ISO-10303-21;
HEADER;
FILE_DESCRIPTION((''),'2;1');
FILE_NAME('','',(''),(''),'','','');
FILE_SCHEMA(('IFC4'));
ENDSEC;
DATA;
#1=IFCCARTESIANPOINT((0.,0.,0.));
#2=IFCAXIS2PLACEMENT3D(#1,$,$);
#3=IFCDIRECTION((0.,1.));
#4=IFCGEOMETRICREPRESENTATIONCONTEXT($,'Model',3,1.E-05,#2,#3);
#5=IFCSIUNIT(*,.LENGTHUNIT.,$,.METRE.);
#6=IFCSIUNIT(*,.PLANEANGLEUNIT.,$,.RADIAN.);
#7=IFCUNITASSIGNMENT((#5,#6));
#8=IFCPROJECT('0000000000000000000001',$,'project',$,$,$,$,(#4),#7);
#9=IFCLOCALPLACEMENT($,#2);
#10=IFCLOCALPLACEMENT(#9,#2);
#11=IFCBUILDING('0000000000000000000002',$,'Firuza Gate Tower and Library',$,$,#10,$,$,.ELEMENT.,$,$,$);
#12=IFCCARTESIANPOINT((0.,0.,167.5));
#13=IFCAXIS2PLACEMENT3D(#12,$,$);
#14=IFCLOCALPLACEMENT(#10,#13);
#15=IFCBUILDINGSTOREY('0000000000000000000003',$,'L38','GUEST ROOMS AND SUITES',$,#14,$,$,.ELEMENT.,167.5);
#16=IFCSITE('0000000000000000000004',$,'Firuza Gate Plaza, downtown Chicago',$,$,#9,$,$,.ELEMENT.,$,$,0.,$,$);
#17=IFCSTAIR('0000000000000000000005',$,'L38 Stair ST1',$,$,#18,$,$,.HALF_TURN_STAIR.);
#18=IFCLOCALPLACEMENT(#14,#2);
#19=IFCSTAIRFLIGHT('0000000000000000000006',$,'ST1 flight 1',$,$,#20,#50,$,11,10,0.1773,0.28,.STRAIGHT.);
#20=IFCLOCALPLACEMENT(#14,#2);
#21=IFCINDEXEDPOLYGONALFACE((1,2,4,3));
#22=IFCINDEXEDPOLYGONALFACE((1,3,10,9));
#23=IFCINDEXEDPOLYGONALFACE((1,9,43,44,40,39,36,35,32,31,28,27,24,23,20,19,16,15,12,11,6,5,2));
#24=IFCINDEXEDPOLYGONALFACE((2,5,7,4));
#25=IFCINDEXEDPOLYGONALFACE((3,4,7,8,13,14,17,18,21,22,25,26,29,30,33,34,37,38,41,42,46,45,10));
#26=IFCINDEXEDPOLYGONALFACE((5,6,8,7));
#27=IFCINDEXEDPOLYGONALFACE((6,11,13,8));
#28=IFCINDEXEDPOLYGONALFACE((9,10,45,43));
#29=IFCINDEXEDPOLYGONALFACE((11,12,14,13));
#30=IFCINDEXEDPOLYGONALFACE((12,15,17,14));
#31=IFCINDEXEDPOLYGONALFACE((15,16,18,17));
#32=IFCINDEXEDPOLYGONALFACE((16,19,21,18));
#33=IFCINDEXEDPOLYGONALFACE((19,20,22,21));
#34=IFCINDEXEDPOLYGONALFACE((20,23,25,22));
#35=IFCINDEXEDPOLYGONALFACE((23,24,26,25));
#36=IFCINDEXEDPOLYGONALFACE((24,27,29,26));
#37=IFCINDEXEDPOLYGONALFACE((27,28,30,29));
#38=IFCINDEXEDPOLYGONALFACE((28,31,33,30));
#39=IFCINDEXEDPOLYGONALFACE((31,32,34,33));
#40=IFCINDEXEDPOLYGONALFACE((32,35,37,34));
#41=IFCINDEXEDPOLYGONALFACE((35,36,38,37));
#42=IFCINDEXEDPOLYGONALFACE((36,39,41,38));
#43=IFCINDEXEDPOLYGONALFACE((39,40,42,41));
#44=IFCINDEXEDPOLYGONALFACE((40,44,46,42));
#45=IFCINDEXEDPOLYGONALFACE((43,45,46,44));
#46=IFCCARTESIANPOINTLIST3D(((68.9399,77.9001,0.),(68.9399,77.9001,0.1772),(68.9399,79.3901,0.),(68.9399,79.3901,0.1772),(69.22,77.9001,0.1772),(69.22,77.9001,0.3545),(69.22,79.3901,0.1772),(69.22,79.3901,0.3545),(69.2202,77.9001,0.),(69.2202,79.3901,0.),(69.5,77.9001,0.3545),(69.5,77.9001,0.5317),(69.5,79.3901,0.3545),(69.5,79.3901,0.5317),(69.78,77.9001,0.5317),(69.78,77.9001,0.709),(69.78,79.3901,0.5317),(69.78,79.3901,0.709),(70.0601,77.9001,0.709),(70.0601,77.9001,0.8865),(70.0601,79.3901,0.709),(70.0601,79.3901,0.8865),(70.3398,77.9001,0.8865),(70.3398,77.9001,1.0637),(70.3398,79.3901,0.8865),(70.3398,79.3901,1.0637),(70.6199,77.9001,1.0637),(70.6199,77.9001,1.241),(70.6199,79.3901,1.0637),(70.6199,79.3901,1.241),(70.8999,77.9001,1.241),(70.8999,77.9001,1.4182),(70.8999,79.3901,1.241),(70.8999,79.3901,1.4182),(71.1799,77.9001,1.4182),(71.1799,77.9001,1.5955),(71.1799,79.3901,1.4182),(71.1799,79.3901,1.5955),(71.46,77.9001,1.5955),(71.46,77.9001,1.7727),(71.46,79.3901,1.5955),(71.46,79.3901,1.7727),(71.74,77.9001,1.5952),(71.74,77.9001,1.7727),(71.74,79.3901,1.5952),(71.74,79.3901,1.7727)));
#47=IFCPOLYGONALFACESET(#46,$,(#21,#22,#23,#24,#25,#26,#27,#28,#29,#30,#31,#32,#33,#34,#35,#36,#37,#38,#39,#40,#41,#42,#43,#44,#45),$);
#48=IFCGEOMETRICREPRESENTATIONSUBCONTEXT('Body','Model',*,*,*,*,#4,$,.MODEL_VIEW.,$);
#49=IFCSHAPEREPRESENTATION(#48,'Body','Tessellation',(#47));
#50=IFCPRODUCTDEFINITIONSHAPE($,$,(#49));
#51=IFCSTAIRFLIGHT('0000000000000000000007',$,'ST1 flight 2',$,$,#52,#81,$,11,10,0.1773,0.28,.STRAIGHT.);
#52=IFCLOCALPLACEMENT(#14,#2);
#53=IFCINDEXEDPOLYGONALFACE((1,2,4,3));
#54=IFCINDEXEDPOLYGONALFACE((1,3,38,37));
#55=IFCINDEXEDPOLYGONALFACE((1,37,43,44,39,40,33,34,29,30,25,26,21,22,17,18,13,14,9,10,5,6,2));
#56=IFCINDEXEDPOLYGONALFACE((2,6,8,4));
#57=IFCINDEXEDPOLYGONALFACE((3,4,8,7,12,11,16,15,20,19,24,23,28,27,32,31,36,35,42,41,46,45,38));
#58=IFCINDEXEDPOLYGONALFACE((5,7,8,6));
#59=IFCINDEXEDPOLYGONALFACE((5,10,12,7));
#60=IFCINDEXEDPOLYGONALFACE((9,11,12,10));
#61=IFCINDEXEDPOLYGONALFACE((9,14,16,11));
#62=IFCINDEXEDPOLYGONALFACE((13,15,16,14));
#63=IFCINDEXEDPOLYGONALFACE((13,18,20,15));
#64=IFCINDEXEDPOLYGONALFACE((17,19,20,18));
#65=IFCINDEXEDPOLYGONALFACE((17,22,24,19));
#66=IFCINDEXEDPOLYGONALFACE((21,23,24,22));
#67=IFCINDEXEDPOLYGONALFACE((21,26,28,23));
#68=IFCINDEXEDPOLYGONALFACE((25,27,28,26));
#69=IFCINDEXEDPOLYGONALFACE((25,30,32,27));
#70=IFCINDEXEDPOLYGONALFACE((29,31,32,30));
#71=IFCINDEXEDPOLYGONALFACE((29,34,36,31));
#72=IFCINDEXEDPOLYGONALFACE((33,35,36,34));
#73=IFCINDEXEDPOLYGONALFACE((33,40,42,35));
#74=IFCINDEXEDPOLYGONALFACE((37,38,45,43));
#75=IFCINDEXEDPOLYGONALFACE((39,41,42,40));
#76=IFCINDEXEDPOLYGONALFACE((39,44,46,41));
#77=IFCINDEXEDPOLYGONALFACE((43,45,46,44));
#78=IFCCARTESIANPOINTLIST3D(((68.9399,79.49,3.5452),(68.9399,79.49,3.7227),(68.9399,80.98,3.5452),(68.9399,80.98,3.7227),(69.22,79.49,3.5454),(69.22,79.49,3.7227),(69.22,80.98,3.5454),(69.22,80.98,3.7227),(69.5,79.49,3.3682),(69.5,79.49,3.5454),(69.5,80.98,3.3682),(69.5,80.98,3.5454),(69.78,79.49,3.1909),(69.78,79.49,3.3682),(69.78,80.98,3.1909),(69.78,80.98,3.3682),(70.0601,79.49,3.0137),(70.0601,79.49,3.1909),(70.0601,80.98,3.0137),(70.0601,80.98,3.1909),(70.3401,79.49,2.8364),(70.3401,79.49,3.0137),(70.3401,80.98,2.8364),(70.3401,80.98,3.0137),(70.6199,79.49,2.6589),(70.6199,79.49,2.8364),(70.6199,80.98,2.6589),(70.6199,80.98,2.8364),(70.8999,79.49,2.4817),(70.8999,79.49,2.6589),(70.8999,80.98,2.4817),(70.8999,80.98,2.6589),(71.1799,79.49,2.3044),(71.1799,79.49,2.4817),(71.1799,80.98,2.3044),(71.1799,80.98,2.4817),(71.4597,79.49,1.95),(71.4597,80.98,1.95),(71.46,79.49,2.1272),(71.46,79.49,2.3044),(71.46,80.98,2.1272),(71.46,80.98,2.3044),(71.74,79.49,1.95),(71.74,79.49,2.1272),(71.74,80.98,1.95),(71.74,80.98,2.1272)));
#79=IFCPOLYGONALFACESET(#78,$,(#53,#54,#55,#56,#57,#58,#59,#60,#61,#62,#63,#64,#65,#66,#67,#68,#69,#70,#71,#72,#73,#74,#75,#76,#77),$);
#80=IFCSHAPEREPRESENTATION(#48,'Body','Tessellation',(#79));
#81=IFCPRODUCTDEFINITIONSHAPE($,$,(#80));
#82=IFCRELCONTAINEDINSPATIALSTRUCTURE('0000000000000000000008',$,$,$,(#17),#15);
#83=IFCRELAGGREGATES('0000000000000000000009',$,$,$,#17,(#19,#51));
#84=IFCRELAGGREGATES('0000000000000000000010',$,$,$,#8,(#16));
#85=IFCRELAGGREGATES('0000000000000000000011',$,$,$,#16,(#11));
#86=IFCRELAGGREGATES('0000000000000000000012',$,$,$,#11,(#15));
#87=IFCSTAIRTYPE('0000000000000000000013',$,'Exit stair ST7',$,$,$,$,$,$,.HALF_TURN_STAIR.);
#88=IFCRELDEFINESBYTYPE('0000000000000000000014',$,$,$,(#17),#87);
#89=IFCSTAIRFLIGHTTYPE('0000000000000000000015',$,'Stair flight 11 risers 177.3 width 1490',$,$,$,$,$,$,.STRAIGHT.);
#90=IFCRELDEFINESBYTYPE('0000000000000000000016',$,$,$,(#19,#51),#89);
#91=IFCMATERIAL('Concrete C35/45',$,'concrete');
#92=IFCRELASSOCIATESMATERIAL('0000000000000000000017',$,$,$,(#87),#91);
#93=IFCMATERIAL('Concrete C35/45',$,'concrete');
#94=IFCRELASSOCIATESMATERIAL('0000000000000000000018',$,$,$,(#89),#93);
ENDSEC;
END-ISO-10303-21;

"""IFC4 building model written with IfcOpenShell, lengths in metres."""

from ifc_helpers import new_model, si_unit, direction, frame, origin, place, context, subcontext, project, spatial, polyline, outline, extrude, material, type_object, element, aggregate, save


model = new_model("IFC4")

# Units and contexts
model_context = context("Model", 3, precision=1e-05, world=origin(), true_north=direction((0.0, 1.0)))
body_context = subcontext(model_context, "Body", "Model", "MODEL_VIEW")
ifc_project = project(units=[si_unit("LENGTHUNIT", "METRE"), si_unit("PLANEANGLEUNIT", "RADIAN")], contexts=[model_context])

# Site, building, storey
site_placement = place(None, origin())
site = spatial("IfcSite", under=ifc_project, at=site_placement, Name="Firuza Gate Plaza, downtown Chicago", CompositionType="ELEMENT", RefElevation=0.0)
building_placement = place(site_placement, origin())
building = spatial("IfcBuilding", under=site, at=building_placement, Name="Firuza Gate Tower and Library", CompositionType="ELEMENT")
storey_placement = place(building_placement, frame((0.0, 0.0, 167.5)))
storey = spatial("IfcBuildingStorey", under=building, at=storey_placement, Name="L38", Description="GUEST ROOMS AND SUITES", CompositionType="ELEMENT", Elevation=167.5)

# Stair, stair flights
ifc_material_1 = material(Name="Concrete C35/45", Category="concrete")
stair_type = type_object("IfcStairType", Name="Exit stair ST7", PredefinedType="HALF_TURN_STAIR", material=ifc_material_1)
stair_placement = place(storey_placement, origin())
stair = element("IfcStair", 1, at=stair_placement, inside=storey, type_object=stair_type, Name="L38 Stair ST1", PredefinedType="HALF_TURN_STAIR")
ifc_material_2 = material(Name="Concrete C35/45", Category="concrete")
stair_flight_type = type_object("IfcStairFlightType", Name="Stair flight 11 risers 177.3 width 1490", PredefinedType="STRAIGHT", material=ifc_material_2)
stair_flight_1_placement = place(storey_placement, frame((68.9399, 78.645, 0.0), z_axis=(0.0, 0.0, 1.0), x_axis=(1.0, 0.0, 0.0)))
stair_flight_1 = element("IfcStairFlight", 2, at=stair_flight_1_placement, type_object=stair_flight_type, Name="ST1 flight 1", NumberOfRisers=11, NumberOfTreads=10, PredefinedType="STRAIGHT", RiserHeight=0.1773, TreadLength=0.28, context=body_context, shape_type="SweptSolid", body=[
    extrude(outline(polyline([(0.0, 0.0), (0.0, 0.1772), (0.28, 0.1772), (0.28, 0.3545), (0.5601, 0.3545), (0.5601, 0.5317), (0.8401, 0.5317), (0.8401, 0.709), (1.1201, 0.709), (1.1201, 0.8865), (1.3999, 0.8865), (1.3999, 1.0637), (1.6799, 1.0637), (1.6799, 1.241), (1.96, 1.241), (1.96, 1.4182), (2.24, 1.4182), (2.24, 1.5955), (2.52, 1.5955), (2.52, 1.7727), (2.8, 1.7727), (2.8, 1.95), (2.8, 1.5952), (0.2803, 0.0), (0.0, 0.0)])), frame((0.0, 0.7451, 0.0), z_axis=(0.0, -1.0, 0.0), x_axis=(1.0, 0.0, 0.0)), (0.0, 0.0, 1.0), 1.49),
])
stair_flight_2_placement = place(storey_placement, frame((71.74, 80.2351, 1.95), z_axis=(0.0, 0.0, 1.0), x_axis=(-1.0, 0.0, 0.0)))
stair_flight_2 = element("IfcStairFlight", 3, at=stair_flight_2_placement, type_object=stair_flight_type, Name="ST1 flight 2", NumberOfRisers=11, NumberOfTreads=10, PredefinedType="STRAIGHT", RiserHeight=0.1773, TreadLength=0.28, context=body_context, shape_type="SweptSolid", body=[
    extrude(outline(polyline([(0.0, 0.0), (0.0, 0.1772), (0.28, 0.1772), (0.28, 0.3545), (0.5601, 0.3545), (0.5601, 0.5317), (0.8401, 0.5317), (0.8401, 0.709), (1.1201, 0.709), (1.1201, 0.8865), (1.3999, 0.8865), (1.3999, 1.0637), (1.6799, 1.0637), (1.6799, 1.241), (1.96, 1.241), (1.96, 1.4182), (2.24, 1.4182), (2.24, 1.5955), (2.52, 1.5955), (2.52, 1.7727), (2.8, 1.7727), (2.8, 1.95), (2.8, 1.5952), (0.2803, 0.0), (0.0, 0.0)])), frame((0.0, 0.7451, 0.0), z_axis=(0.0, -1.0, 0.0), x_axis=(1.0, 0.0, 0.0)), (0.0, 0.0, 1.0), 1.49),
])
aggregate(stair, [stair_flight_1, stair_flight_2])

save(model, "model.ifc")
